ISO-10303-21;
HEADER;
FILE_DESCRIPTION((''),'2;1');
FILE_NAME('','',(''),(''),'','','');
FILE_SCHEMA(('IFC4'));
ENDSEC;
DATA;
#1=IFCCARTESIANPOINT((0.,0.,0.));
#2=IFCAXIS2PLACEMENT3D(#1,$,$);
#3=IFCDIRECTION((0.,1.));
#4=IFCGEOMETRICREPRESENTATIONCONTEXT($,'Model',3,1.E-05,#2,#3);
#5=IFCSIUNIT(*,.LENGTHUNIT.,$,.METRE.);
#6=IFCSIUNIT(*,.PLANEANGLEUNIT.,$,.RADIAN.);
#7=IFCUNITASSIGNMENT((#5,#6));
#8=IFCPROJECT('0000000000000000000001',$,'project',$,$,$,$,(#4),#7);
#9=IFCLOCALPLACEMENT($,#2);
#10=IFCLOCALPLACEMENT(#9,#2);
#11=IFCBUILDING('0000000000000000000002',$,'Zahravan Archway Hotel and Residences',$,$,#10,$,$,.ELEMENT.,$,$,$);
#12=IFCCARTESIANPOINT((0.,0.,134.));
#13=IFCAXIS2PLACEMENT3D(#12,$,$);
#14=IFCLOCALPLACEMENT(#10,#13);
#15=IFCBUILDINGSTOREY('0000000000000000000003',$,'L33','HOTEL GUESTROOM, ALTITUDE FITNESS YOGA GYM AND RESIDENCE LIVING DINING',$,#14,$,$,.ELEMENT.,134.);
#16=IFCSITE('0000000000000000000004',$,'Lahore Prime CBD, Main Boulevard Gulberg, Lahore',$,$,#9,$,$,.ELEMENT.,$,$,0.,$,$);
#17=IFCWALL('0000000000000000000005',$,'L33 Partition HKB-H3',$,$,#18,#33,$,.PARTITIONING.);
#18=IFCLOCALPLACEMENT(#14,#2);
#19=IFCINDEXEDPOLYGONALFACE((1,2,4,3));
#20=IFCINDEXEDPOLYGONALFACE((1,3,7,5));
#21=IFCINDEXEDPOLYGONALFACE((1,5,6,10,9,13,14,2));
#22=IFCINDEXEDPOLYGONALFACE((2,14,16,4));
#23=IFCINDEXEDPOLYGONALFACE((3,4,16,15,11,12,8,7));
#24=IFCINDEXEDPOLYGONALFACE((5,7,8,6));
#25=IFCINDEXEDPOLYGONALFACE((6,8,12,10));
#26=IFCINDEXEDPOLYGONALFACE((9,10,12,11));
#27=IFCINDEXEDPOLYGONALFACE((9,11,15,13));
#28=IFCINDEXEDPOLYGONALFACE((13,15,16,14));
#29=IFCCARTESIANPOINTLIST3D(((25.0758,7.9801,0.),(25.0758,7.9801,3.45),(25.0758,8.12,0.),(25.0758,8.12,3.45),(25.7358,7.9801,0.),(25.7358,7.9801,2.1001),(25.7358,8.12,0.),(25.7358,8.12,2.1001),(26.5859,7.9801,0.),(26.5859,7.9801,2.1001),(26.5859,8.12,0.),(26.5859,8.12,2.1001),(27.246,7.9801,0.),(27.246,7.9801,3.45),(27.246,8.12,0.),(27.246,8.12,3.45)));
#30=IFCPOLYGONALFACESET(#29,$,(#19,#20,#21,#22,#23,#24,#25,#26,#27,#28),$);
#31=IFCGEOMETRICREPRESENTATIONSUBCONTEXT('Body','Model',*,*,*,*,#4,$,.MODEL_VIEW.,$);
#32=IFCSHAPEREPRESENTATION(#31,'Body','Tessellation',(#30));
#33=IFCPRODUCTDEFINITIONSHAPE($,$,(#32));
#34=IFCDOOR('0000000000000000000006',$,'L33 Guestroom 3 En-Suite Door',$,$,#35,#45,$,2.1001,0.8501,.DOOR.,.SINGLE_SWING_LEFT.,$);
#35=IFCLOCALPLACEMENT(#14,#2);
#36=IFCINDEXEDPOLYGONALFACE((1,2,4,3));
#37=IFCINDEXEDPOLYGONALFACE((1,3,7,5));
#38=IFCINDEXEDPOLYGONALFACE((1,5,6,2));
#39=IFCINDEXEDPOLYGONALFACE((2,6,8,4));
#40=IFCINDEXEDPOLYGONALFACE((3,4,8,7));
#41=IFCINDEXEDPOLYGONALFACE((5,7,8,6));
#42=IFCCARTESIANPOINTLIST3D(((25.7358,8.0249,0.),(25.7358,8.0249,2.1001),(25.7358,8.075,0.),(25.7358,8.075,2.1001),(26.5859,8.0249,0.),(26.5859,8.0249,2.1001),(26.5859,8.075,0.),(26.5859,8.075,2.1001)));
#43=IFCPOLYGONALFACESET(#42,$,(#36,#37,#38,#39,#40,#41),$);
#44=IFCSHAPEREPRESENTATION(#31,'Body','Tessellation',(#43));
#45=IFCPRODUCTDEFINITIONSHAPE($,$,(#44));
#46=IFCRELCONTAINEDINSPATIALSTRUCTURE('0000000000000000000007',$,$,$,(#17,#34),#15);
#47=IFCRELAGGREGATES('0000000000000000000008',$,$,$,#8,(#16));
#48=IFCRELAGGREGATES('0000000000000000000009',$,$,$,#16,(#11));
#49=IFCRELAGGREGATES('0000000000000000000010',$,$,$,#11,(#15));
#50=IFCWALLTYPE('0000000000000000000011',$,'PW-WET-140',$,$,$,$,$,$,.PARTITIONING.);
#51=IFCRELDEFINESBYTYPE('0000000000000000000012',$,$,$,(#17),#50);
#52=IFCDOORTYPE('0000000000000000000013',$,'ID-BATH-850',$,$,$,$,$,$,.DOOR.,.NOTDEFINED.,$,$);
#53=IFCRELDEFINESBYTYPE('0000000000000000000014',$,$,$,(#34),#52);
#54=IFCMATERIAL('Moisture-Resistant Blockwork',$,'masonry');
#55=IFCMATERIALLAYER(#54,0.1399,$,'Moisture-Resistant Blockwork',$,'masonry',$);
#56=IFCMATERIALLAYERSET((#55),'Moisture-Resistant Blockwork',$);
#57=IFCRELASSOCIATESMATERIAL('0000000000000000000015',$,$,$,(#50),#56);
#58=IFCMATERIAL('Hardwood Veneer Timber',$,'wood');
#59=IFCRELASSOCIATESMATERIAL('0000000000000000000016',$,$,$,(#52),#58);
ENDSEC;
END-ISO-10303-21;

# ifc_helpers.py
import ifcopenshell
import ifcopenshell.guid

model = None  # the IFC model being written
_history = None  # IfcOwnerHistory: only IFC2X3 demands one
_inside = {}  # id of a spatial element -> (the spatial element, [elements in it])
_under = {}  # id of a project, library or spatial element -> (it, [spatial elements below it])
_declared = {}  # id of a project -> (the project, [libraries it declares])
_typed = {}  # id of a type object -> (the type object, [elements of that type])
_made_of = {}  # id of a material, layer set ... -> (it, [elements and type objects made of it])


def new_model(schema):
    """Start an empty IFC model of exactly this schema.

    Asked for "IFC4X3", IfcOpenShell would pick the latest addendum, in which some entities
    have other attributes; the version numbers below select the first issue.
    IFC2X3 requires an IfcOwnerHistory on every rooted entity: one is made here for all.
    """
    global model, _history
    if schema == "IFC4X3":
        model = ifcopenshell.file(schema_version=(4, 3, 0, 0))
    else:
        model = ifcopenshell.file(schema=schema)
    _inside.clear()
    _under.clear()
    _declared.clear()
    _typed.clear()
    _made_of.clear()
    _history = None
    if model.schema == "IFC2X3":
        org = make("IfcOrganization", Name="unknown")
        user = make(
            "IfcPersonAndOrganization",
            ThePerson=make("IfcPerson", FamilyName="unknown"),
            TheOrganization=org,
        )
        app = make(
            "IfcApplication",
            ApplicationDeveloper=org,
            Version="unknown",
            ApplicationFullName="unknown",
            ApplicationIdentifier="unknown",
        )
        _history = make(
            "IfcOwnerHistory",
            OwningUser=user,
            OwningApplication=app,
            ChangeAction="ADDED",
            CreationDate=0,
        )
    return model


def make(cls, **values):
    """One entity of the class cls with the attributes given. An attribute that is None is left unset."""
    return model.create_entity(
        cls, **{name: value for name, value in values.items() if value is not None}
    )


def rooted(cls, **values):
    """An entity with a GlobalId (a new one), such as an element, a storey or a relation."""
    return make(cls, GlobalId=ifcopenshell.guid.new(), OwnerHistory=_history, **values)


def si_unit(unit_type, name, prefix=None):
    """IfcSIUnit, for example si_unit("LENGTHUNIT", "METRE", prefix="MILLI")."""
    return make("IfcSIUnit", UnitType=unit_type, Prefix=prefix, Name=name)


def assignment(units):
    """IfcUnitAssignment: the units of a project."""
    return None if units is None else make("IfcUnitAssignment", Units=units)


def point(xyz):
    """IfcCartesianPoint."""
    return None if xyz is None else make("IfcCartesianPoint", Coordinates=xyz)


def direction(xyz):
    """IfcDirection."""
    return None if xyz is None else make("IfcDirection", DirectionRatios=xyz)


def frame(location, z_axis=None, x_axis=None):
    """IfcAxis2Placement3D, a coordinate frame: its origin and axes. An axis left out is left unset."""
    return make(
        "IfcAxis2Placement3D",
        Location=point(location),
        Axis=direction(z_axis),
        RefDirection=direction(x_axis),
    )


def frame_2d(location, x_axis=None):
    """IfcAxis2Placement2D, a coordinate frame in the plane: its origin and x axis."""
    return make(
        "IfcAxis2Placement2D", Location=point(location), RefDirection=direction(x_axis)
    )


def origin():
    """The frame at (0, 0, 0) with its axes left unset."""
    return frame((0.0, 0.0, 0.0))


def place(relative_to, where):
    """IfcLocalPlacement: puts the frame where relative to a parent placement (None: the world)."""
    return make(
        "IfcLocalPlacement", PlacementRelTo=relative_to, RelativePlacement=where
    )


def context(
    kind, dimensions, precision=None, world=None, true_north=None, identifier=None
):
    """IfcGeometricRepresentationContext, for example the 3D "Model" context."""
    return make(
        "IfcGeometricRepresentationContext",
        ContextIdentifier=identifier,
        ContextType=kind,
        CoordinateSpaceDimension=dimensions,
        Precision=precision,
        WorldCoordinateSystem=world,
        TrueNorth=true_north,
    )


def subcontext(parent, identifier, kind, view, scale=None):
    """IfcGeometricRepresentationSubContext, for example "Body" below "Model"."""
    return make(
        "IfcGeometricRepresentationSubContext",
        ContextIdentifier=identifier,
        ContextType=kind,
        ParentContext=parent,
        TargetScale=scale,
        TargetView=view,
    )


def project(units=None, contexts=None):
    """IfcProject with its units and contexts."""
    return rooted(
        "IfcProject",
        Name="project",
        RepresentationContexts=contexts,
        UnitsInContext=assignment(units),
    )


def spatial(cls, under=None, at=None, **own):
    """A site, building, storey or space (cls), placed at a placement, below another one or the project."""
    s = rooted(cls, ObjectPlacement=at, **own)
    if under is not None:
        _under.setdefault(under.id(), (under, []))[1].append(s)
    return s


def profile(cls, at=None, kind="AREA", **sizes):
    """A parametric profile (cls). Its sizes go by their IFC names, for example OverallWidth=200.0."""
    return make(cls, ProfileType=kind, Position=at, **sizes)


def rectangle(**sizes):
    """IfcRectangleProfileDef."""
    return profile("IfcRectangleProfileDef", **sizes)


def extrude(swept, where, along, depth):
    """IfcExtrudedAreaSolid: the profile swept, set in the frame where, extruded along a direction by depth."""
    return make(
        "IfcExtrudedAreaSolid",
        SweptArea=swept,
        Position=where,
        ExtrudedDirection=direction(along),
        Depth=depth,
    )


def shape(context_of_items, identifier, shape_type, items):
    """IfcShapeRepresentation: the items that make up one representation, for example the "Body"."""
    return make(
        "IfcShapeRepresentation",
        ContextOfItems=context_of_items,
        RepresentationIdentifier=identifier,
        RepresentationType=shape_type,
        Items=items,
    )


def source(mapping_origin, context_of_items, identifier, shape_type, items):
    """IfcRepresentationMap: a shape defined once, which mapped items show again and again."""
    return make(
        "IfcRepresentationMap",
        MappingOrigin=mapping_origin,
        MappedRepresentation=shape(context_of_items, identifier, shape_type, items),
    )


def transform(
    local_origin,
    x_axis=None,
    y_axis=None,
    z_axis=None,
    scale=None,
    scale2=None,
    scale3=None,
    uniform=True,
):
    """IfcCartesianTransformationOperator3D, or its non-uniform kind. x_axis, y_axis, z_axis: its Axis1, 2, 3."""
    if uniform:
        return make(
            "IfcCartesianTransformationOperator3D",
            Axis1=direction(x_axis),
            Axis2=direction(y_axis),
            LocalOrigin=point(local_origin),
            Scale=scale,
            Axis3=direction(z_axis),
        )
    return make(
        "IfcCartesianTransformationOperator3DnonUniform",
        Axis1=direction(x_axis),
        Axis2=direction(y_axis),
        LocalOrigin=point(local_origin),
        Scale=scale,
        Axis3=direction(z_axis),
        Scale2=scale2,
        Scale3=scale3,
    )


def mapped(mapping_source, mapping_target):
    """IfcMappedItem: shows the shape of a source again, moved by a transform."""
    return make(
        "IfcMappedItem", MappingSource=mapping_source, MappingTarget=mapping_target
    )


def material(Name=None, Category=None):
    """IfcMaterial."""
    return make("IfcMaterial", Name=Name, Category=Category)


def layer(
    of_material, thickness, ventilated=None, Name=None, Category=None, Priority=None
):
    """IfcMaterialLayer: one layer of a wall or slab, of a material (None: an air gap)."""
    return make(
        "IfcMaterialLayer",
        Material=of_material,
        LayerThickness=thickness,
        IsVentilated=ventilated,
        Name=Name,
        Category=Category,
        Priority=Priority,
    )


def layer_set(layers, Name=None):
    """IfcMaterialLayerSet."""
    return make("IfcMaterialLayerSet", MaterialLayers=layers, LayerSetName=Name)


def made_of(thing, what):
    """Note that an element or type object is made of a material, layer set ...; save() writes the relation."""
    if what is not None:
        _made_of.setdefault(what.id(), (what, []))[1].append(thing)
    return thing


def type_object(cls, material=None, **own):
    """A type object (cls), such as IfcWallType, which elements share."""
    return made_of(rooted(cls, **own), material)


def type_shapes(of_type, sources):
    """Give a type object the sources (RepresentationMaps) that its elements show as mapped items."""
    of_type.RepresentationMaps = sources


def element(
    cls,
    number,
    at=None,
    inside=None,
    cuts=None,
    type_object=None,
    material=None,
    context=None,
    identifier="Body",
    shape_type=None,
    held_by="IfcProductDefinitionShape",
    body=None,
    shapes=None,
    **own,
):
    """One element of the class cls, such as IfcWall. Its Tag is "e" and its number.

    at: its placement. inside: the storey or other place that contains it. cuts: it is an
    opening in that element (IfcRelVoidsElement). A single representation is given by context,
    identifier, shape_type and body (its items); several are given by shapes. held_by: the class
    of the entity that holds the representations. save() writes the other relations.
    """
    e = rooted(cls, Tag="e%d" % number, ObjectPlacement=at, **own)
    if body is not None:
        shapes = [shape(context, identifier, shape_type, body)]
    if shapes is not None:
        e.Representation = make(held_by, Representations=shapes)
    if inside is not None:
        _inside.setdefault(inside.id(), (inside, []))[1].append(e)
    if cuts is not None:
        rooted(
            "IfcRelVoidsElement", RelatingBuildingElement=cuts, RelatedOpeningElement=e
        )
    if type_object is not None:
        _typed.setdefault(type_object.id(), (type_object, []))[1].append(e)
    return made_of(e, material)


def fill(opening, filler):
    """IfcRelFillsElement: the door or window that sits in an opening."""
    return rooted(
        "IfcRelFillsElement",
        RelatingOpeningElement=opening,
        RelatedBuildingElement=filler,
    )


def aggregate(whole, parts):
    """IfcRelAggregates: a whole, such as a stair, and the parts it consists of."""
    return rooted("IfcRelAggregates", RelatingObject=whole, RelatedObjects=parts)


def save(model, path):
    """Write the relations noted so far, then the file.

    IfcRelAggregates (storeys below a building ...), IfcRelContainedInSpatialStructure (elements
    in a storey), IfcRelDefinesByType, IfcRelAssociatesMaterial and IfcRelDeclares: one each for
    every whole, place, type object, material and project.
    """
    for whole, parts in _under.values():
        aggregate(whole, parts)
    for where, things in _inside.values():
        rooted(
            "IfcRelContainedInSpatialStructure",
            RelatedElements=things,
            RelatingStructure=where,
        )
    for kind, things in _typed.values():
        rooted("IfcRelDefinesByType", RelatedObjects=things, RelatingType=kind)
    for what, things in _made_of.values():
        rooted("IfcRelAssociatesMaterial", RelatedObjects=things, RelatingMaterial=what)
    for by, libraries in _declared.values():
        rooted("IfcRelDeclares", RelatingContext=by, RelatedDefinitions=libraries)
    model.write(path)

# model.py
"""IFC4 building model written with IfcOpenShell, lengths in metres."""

from ifc_helpers import new_model, si_unit, direction, frame, frame_2d, origin, place, context, subcontext, project, spatial, rectangle, extrude, source, transform, mapped, material, layer, layer_set, type_object, type_shapes, element, fill, save


model = new_model("IFC4")

# Units and contexts
model_context = context("Model", 3, precision=1e-05, world=origin(), true_north=direction((0.0, 1.0)))
body_context = subcontext(model_context, "Body", "Model", "MODEL_VIEW")
ifc_project = project(units=[si_unit("LENGTHUNIT", "METRE"), si_unit("PLANEANGLEUNIT", "RADIAN")], contexts=[model_context])

# Site, building, storey
site_placement = place(None, origin())
site = spatial("IfcSite", under=ifc_project, at=site_placement, Name="Lahore Prime CBD, Main Boulevard Gulberg, Lahore", CompositionType="ELEMENT", RefElevation=0.0)
building_placement = place(site_placement, origin())
building = spatial("IfcBuilding", under=site, at=building_placement, Name="Zahravan Archway Hotel and Residences", CompositionType="ELEMENT")
storey_placement = place(building_placement, frame((0.0, 0.0, 134.0)))
storey = spatial("IfcBuildingStorey", under=building, at=storey_placement, Name="L33", Description="HOTEL GUESTROOM, ALTITUDE FITNESS YOGA GYM AND RESIDENCE LIVING DINING", CompositionType="ELEMENT", Elevation=134.0)

# Shared definitions
ifc_material_1 = material(Name="Hardwood Veneer Timber", Category="wood")

# Shared definitions
ifc_material_2 = material(Name="Moisture-Resistant Blockwork", Category="masonry")
ifc_layer_1 = layer(ifc_material_2, 0.1399, Name="Moisture-Resistant Blockwork", Category="masonry")
ifc_layer_set_1 = layer_set([ifc_layer_1], Name="Moisture-Resistant Blockwork")
wall_type_1 = type_object("IfcWallType", Name="PW-WET-140", PredefinedType="PARTITIONING", material=ifc_layer_set_1)

# Wall, opening, door
wall_1_placement = place(storey_placement, frame((25.0759, 8.05, 0.0), z_axis=(0.0, 0.0, 1.0), x_axis=(1.0, 0.0, 0.0)))
wall_1 = element("IfcWall", 1, at=wall_1_placement, inside=storey, type_object=wall_type_1, Name="L33 Partition HKB-H3", PredefinedType="PARTITIONING", context=body_context, shape_type="SweptSolid", body=[
    extrude(rectangle(XDim=2.1702, YDim=0.1399, at=frame_2d((1.085, 0.0))), origin(), (0.0, 0.0, 1.0), 3.45),
])
opening_1_placement = place(wall_1_placement, frame((0.6599, 0.0, 0.0)))
opening_1 = element("IfcOpeningElement", 2, at=opening_1_placement, cuts=wall_1, PredefinedType="OPENING", context=body_context, shape_type="SweptSolid", body=[
    extrude(rectangle(XDim=0.8501, YDim=2.1001, at=frame_2d((0.425, 1.05))), frame((0.0, 0.0801, 0.0), z_axis=(0.0, -1.0, 0.0), x_axis=(1.0, 0.0, 0.0)), (0.0, 0.0, 1.0), 0.1599),
])
door_type_1 = type_object("IfcDoorType", Name="ID-BATH-850", OperationType="NOTDEFINED", PredefinedType="DOOR", material=ifc_material_1)
shared_shape_1 = source(origin(), body_context, "Body", "SweptSolid", [
    extrude(rectangle(XDim=0.8501, YDim=2.1001, at=frame_2d((0.425, 1.05))), frame((0.0, 0.0249, 0.0), z_axis=(0.0, -1.0, 0.0), x_axis=(1.0, 0.0, 0.0)), (0.0, 0.0, 1.0), 0.05),
])
type_shapes(door_type_1, [shared_shape_1])
door_1_placement = place(opening_1_placement, origin())
door_1 = element("IfcDoor", 3, at=door_1_placement, inside=storey, type_object=door_type_1, Name="L33 Guestroom 3 En-Suite Door", OperationType="SINGLE_SWING_LEFT", OverallHeight=2.1001, OverallWidth=0.8501, PredefinedType="DOOR", context=body_context, shape_type="MappedRepresentation", body=[
    mapped(shared_shape_1, transform((0.0, 0.0, 0.0), scale=1.0)),
])
fill(opening_1, door_1)

save(model, "model.ifc")
